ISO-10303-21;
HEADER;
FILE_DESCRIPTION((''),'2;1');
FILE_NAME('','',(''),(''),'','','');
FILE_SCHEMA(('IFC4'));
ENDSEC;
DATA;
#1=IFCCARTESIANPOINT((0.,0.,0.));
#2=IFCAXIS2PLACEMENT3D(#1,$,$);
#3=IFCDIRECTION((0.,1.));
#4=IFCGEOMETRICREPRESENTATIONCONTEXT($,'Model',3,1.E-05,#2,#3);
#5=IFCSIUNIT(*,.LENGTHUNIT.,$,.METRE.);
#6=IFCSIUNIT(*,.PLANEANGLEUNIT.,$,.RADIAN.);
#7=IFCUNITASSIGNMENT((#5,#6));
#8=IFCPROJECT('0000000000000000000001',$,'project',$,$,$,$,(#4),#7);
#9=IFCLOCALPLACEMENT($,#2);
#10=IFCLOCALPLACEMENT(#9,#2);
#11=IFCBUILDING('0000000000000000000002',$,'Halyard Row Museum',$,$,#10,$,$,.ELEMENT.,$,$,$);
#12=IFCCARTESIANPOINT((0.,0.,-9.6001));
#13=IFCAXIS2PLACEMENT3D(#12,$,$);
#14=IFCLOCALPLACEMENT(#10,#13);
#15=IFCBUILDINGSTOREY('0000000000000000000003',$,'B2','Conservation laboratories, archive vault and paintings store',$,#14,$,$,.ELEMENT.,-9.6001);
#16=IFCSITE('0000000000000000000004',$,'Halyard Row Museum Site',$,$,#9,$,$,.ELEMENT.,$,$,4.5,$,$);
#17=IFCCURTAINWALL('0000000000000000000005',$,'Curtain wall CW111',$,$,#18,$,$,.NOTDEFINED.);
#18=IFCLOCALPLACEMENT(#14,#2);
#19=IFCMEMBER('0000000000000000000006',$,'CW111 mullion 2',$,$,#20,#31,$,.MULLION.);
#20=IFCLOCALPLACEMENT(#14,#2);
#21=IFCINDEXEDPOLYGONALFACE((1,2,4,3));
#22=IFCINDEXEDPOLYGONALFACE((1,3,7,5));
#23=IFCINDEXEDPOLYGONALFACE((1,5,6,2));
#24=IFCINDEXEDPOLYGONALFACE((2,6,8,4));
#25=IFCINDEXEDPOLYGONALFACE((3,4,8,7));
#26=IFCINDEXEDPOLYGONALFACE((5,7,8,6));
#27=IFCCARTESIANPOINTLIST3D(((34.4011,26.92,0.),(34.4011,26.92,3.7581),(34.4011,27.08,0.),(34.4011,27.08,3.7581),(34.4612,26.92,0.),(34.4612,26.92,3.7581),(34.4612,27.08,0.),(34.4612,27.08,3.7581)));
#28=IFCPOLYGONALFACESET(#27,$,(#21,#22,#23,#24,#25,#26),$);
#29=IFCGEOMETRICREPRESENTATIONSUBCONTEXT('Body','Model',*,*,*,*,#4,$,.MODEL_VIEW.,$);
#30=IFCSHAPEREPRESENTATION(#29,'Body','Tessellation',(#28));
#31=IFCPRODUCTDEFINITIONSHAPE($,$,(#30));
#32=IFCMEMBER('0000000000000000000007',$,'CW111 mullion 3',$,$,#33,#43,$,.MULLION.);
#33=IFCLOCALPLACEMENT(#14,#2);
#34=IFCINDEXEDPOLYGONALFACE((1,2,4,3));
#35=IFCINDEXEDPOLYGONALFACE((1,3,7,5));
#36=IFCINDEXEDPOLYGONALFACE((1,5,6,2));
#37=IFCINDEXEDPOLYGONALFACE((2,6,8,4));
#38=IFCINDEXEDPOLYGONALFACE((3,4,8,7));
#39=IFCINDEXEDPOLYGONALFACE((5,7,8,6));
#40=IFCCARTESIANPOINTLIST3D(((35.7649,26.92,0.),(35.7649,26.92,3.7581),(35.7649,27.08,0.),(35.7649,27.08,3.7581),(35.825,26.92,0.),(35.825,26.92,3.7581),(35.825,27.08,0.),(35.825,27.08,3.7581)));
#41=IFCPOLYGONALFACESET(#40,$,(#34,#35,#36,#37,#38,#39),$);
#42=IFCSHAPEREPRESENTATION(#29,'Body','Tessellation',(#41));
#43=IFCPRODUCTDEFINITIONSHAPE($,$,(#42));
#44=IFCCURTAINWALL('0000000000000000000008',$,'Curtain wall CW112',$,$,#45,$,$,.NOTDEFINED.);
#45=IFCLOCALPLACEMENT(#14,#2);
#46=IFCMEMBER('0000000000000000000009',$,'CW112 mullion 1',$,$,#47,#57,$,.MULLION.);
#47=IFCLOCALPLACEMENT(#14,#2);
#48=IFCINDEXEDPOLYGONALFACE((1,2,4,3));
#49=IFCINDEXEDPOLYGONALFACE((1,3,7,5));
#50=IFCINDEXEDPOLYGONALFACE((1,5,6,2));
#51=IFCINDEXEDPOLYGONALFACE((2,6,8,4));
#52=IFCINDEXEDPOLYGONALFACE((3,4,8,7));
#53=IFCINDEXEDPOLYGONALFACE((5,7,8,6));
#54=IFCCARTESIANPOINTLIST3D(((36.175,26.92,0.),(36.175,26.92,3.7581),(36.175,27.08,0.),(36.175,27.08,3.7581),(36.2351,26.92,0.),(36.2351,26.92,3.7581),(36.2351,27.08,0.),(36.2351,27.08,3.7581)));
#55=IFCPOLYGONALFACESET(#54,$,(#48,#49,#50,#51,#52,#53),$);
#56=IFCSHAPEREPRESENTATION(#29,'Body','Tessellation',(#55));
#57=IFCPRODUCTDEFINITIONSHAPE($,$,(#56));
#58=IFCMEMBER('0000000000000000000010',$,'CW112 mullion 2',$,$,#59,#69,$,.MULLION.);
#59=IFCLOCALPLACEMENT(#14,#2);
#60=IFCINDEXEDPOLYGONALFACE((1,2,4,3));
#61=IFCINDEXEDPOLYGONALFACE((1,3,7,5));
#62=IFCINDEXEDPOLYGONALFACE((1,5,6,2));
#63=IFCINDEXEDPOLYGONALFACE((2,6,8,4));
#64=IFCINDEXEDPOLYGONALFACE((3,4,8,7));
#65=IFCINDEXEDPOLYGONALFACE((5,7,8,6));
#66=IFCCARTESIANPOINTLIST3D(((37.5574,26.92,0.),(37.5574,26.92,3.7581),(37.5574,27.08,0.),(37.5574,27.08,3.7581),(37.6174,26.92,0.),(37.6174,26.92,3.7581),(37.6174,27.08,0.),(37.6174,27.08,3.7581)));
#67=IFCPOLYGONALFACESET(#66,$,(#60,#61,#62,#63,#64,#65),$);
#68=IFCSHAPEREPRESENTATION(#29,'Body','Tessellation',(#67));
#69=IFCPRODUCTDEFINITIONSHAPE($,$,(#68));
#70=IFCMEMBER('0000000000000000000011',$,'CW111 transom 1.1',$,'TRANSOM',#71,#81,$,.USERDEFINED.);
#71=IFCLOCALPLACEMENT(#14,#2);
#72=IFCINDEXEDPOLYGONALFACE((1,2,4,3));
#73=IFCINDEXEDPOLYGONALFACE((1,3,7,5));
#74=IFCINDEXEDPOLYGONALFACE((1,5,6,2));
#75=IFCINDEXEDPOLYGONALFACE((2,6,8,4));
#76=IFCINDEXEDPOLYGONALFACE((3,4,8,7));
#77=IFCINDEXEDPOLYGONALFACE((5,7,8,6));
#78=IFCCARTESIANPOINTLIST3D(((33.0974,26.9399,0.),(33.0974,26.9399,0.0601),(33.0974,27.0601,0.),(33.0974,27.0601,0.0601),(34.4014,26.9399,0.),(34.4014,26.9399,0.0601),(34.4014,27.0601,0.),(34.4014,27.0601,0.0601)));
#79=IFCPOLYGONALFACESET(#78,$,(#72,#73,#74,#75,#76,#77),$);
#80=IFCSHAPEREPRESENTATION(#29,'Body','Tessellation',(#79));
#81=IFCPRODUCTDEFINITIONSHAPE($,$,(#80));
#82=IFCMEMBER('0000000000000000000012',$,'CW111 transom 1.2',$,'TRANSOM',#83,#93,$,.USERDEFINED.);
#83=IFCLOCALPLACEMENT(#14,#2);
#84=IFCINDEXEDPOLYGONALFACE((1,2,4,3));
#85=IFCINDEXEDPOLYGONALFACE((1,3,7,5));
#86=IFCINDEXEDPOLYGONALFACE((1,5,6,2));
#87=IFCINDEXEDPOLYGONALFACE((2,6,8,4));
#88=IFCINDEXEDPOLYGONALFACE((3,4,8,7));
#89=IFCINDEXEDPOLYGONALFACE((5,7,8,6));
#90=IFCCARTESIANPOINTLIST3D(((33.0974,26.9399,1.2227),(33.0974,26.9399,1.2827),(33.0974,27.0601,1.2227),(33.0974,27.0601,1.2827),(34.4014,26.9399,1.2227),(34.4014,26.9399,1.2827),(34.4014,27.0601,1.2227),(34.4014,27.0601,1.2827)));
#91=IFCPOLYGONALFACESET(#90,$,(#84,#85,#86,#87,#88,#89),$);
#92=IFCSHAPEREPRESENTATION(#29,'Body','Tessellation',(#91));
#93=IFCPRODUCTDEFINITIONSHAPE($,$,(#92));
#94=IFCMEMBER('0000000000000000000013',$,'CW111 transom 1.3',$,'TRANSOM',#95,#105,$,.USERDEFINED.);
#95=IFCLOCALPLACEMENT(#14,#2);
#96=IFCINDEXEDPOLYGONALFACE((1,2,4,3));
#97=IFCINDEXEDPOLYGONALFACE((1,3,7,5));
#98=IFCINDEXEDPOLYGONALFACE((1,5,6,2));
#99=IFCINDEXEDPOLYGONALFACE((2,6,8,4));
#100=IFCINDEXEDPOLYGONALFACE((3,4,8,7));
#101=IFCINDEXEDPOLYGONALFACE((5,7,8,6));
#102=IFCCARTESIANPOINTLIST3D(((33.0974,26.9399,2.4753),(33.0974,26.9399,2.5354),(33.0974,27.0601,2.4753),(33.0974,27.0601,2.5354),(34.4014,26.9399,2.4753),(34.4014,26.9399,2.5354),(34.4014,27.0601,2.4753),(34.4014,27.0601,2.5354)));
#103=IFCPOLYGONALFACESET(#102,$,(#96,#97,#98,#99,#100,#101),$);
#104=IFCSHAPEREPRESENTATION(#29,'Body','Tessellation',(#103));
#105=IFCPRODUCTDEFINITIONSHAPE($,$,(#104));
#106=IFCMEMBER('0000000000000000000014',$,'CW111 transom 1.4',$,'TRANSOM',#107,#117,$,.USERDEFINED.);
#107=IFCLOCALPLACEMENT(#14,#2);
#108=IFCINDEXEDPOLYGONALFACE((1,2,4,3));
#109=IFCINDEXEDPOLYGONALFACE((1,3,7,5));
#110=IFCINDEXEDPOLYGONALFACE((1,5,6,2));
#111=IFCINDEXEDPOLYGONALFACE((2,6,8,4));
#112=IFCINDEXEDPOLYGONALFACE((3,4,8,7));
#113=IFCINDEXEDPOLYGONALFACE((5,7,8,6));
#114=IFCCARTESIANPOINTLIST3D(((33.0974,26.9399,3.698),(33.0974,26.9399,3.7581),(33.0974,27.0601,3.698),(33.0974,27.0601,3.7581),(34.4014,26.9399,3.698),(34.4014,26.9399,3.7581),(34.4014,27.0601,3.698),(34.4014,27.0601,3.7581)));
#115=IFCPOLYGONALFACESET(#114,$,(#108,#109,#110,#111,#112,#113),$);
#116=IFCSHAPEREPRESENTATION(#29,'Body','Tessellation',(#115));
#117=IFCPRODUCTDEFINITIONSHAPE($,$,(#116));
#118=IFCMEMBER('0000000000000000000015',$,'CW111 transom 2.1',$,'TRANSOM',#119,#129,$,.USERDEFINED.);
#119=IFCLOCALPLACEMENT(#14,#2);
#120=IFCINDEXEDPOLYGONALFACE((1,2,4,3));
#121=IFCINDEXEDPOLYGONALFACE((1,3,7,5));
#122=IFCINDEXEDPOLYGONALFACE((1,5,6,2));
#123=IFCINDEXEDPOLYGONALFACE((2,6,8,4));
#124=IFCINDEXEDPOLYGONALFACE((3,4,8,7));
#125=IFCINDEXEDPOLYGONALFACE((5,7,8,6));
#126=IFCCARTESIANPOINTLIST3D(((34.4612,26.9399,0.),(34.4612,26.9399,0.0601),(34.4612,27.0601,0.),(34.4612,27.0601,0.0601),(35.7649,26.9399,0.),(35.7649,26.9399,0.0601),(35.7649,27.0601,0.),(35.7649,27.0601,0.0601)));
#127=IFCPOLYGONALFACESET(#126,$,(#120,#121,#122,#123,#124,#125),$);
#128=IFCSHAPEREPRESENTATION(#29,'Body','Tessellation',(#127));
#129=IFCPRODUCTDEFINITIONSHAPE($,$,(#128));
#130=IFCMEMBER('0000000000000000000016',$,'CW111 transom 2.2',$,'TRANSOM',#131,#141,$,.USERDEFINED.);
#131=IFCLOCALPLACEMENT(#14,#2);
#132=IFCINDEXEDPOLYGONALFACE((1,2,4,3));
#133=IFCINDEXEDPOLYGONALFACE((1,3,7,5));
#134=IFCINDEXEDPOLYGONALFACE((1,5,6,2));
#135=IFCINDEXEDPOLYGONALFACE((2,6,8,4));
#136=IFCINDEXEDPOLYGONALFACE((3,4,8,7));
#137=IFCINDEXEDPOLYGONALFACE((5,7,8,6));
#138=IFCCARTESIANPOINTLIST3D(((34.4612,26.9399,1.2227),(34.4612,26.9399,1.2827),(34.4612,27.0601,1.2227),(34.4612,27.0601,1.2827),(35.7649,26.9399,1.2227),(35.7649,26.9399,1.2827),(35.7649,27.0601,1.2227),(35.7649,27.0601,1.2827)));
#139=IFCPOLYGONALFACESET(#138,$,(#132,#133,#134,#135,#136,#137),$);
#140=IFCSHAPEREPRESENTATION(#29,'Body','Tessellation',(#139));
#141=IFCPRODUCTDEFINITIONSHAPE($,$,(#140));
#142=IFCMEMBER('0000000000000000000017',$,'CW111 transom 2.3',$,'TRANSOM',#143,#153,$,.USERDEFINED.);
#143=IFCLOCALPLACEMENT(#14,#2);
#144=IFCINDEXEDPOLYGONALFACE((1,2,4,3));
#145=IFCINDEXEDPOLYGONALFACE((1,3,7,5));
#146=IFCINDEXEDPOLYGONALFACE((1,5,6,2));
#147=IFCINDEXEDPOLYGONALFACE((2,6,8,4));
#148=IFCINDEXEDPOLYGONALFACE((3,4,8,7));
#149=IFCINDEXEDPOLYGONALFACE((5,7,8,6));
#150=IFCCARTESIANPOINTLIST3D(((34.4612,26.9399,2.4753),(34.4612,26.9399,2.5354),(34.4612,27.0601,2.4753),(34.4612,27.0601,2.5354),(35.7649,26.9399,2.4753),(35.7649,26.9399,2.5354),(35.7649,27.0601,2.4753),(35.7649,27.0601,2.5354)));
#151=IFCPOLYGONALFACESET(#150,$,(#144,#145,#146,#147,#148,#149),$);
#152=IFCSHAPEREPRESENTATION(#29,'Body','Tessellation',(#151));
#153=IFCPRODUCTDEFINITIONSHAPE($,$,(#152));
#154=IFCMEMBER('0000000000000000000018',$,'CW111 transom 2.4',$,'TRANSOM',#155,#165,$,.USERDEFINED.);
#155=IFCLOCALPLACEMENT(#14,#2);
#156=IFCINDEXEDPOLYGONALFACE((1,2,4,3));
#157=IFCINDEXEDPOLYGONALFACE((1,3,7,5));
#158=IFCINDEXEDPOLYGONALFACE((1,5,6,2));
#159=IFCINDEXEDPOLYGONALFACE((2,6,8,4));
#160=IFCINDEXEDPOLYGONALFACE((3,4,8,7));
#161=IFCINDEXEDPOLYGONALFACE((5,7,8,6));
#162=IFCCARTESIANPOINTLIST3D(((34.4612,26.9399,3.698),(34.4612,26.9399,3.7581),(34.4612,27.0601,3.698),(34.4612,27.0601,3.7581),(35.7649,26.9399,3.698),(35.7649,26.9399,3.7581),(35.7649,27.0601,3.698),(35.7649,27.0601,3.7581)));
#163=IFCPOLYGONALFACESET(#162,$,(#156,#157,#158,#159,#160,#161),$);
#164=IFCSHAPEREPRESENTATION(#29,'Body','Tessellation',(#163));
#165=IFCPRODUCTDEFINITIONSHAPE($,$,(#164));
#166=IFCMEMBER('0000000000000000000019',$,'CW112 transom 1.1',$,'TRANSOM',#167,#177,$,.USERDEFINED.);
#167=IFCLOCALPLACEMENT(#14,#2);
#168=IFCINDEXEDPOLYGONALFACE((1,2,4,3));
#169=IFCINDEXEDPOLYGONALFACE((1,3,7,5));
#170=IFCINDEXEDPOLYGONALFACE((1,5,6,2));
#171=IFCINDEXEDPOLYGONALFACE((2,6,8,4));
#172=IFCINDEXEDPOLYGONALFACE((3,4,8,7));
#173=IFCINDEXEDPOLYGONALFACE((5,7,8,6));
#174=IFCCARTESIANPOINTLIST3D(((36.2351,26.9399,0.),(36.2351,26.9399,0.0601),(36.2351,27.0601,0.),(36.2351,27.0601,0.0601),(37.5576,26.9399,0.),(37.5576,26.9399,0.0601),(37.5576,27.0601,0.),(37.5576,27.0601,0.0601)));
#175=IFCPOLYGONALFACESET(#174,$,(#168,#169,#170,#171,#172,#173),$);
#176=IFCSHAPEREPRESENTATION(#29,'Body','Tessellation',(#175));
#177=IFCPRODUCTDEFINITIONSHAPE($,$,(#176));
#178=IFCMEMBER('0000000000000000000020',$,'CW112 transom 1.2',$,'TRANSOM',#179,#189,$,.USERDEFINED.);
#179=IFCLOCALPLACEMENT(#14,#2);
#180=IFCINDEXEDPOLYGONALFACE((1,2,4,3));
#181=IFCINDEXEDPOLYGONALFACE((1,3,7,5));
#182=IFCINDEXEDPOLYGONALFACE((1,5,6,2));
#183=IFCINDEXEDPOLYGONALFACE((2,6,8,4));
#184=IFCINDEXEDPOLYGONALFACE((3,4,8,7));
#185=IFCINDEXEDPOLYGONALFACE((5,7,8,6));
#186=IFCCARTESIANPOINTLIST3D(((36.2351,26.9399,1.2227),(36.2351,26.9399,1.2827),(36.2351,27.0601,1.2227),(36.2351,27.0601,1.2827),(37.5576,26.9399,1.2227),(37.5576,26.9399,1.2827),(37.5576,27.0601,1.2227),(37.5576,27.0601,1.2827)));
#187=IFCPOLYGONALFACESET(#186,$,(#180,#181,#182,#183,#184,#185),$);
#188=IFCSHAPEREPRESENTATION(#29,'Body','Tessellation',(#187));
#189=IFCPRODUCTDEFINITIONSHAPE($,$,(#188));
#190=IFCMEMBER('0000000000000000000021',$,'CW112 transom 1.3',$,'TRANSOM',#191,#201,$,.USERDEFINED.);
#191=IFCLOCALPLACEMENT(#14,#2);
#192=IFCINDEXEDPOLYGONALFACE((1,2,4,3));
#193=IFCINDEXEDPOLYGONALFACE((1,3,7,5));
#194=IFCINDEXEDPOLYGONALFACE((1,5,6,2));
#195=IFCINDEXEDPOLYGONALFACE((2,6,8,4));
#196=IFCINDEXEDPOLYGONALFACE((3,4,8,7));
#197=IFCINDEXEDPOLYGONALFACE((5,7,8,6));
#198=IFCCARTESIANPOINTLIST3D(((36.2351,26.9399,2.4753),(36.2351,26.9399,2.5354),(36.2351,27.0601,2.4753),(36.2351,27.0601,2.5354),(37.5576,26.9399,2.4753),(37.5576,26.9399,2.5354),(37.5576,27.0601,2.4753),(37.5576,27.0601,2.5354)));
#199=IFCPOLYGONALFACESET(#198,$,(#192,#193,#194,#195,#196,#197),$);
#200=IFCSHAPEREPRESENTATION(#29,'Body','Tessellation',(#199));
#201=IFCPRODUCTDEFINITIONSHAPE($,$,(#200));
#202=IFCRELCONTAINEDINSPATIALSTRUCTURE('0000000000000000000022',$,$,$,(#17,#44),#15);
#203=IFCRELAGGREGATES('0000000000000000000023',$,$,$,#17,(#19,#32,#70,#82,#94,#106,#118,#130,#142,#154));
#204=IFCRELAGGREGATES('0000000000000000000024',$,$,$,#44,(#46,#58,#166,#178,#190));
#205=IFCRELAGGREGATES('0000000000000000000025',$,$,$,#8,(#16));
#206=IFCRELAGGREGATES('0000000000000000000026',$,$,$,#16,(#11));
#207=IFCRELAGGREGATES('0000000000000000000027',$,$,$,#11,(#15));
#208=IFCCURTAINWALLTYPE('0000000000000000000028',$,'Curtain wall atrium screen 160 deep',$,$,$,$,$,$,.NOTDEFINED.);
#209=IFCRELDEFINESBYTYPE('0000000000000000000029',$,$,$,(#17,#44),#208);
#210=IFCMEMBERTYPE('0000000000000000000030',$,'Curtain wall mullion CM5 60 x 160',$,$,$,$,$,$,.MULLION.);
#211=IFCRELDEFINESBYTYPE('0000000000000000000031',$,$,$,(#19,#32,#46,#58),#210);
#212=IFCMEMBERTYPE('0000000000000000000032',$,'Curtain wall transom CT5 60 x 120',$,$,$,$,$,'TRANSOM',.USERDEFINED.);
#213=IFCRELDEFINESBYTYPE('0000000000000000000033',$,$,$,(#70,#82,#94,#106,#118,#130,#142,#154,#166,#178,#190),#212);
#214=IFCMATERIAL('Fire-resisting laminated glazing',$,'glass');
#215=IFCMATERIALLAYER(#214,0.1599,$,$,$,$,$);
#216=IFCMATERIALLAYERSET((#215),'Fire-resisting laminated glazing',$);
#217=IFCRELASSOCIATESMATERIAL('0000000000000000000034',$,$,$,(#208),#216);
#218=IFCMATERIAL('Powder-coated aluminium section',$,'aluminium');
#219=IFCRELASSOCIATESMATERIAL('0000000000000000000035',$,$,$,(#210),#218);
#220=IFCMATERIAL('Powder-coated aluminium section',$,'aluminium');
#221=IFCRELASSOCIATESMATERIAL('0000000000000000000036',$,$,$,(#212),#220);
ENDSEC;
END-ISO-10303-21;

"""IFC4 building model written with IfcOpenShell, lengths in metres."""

from ifc_helpers import new_model, si_unit, direction, frame, origin, origin_2d, place, context, subcontext, project, spatial, rectangle, extrude, material, layer, layer_set, material_profile, profile_set, type_object, element, aggregate, save


model = new_model("IFC4")

# Units and contexts
model_context = context("Model", 3, precision=1e-05, world=origin(), true_north=direction((0.0, 1.0)))
body_context = subcontext(model_context, "Body", "Model", "MODEL_VIEW")
ifc_project = project(units=[si_unit("LENGTHUNIT", "METRE"), si_unit("PLANEANGLEUNIT", "RADIAN")], contexts=[model_context])

# Site, building, storey
site_placement = place(None, origin())
site = spatial("IfcSite", under=ifc_project, at=site_placement, Name="Halyard Row Museum Site", CompositionType="ELEMENT", RefElevation=4.5)
building_placement = place(site_placement, origin())
building = spatial("IfcBuilding", under=site, at=building_placement, Name="Halyard Row Museum", CompositionType="ELEMENT")
storey_placement = place(building_placement, frame((0.0, 0.0, -9.6001)))
storey = spatial("IfcBuildingStorey", under=building, at=storey_placement, Name="B2", Description="Conservation laboratories, archive vault and paintings store", CompositionType="ELEMENT", Elevation=-9.6001)

# Curtain walls, members
ifc_material_1 = material(Name="Fire-resisting laminated glazing", Category="glass")
ifc_layer_1 = layer(ifc_material_1, 0.1599)
ifc_layer_set_1 = layer_set([ifc_layer_1], Name="Fire-resisting laminated glazing")
curtain_wall_type = type_object("IfcCurtainWallType", Name="Curtain wall atrium screen 160 deep", PredefinedType="NOTDEFINED", material=ifc_layer_set_1)
curtain_wall_1_placement = place(storey_placement, origin())
curtain_wall_1 = element("IfcCurtainWall", 1, at=curtain_wall_1_placement, inside=storey, type_object=curtain_wall_type, Name="Curtain wall CW111", PredefinedType="NOTDEFINED")
ifc_material_2 = material(Name="Powder-coated aluminium section", Category="aluminium")
ifc_material_profile_1 = material_profile(ifc_material_2, rectangle(XDim=0.1599, YDim=0.0601, at=origin_2d()), Name="160x60 mullion")
ifc_profile_set_1 = profile_set([ifc_material_profile_1], Name="Powder-coated aluminium section")
member_type_1 = type_object("IfcMemberType", Name="Curtain wall mullion CM5 60 x 160", PredefinedType="MULLION", material=ifc_profile_set_1)
member_1_placement = place(storey_placement, frame((34.4312, 27.0, 0.0), z_axis=(0.0, 0.0, 1.0), x_axis=(0.0, 1.0, 0.0)))
member_1 = element("IfcMember", 2, at=member_1_placement, type_object=member_type_1, Name="CW111 mullion 2", PredefinedType="MULLION", context=body_context, shape_type="SweptSolid", body=[
    extrude(rectangle(XDim=0.1599, YDim=0.0601, at=origin_2d()), origin(), (0.0, 0.0, 1.0), 3.7581),
])
member_2_placement = place(storey_placement, frame((35.7949, 27.0, 0.0), z_axis=(0.0, 0.0, 1.0), x_axis=(0.0, 1.0, 0.0)))
member_2 = element("IfcMember", 3, at=member_2_placement, type_object=member_type_1, Name="CW111 mullion 3", PredefinedType="MULLION", context=body_context, shape_type="SweptSolid", body=[
    extrude(rectangle(XDim=0.1599, YDim=0.0601, at=origin_2d()), origin(), (0.0, 0.0, 1.0), 3.7581),
])
curtain_wall_2_placement = place(storey_placement, origin())
curtain_wall_2 = element("IfcCurtainWall", 4, at=curtain_wall_2_placement, inside=storey, type_object=curtain_wall_type, Name="Curtain wall CW112", PredefinedType="NOTDEFINED")
member_3_placement = place(storey_placement, frame((36.2051, 27.0, 0.0), z_axis=(0.0, 0.0, 1.0), x_axis=(0.0, 1.0, 0.0)))
member_3 = element("IfcMember", 5, at=member_3_placement, type_object=member_type_1, Name="CW112 mullion 1", PredefinedType="MULLION", context=body_context, shape_type="SweptSolid", body=[
    extrude(rectangle(XDim=0.1599, YDim=0.0601, at=origin_2d()), origin(), (0.0, 0.0, 1.0), 3.7581),
])
member_4_placement = place(storey_placement, frame((37.5874, 27.0, 0.0), z_axis=(0.0, 0.0, 1.0), x_axis=(0.0, 1.0, 0.0)))
member_4 = element("IfcMember", 6, at=member_4_placement, type_object=member_type_1, Name="CW112 mullion 2", PredefinedType="MULLION", context=body_context, shape_type="SweptSolid", body=[
    extrude(rectangle(XDim=0.1599, YDim=0.0601, at=origin_2d()), origin(), (0.0, 0.0, 1.0), 3.7581),
])

# Members
ifc_material_3 = material(Name="Powder-coated aluminium section", Category="aluminium")
ifc_material_profile_2 = material_profile(ifc_material_3, rectangle(XDim=0.1201, YDim=0.0601, at=origin_2d()), Name="120x60 transom")
ifc_profile_set_2 = profile_set([ifc_material_profile_2], Name="Powder-coated aluminium section")
member_type_2 = type_object("IfcMemberType", Name="Curtain wall transom CT5 60 x 120", ElementType="TRANSOM", PredefinedType="USERDEFINED", material=ifc_profile_set_2)
member_5_placement = place(storey_placement, frame((33.0974, 27.0, 0.03), z_axis=(1.0, 0.0, 0.0), x_axis=(0.0, 1.0, 0.0)))
member_5 = element("IfcMember", 7, at=member_5_placement, type_object=member_type_2, Name="CW111 transom 1.1", ObjectType="TRANSOM", PredefinedType="USERDEFINED", context=body_context, shape_type="SweptSolid", body=[
    extrude(rectangle(XDim=0.1201, YDim=0.0601, at=origin_2d()), origin(), (0.0, 0.0, 1.0), 1.304),
])
member_6_placement = place(storey_placement, frame((33.0974, 27.0, 1.2527), z_axis=(1.0, 0.0, 0.0), x_axis=(0.0, 1.0, 0.0)))
member_6 = element("IfcMember", 8, at=member_6_placement, type_object=member_type_2, Name="CW111 transom 1.2", ObjectType="TRANSOM", PredefinedType="USERDEFINED", context=body_context, shape_type="SweptSolid", body=[
    extrude(rectangle(XDim=0.1201, YDim=0.0601, at=origin_2d()), origin(), (0.0, 0.0, 1.0), 1.304),
])
member_7_placement = place(storey_placement, frame((33.0974, 27.0, 2.5054), z_axis=(1.0, 0.0, 0.0), x_axis=(0.0, 1.0, 0.0)))
member_7 = element("IfcMember", 9, at=member_7_placement, type_object=member_type_2, Name="CW111 transom 1.3", ObjectType="TRANSOM", PredefinedType="USERDEFINED", context=body_context, shape_type="SweptSolid", body=[
    extrude(rectangle(XDim=0.1201, YDim=0.0601, at=origin_2d()), origin(), (0.0, 0.0, 1.0), 1.304),
])
member_8_placement = place(storey_placement, frame((33.0974, 27.0, 3.728), z_axis=(1.0, 0.0, 0.0), x_axis=(0.0, 1.0, 0.0)))
member_8 = element("IfcMember", 10, at=member_8_placement, type_object=member_type_2, Name="CW111 transom 1.4", ObjectType="TRANSOM", PredefinedType="USERDEFINED", context=body_context, shape_type="SweptSolid", body=[
    extrude(rectangle(XDim=0.1201, YDim=0.0601, at=origin_2d()), origin(), (0.0, 0.0, 1.0), 1.304),
])
member_9_placement = place(storey_placement, frame((34.4612, 27.0, 0.03), z_axis=(1.0, 0.0, 0.0), x_axis=(0.0, 1.0, 0.0)))
member_9 = element("IfcMember", 11, at=member_9_placement, type_object=member_type_2, Name="CW111 transom 2.1", ObjectType="TRANSOM", PredefinedType="USERDEFINED", context=body_context, shape_type="SweptSolid", body=[
    extrude(rectangle(XDim=0.1201, YDim=0.0601, at=origin_2d()), origin(), (0.0, 0.0, 1.0), 1.3037),
])
member_10_placement = place(storey_placement, frame((34.4612, 27.0, 1.2527), z_axis=(1.0, 0.0, 0.0), x_axis=(0.0, 1.0, 0.0)))
member_10 = element("IfcMember", 12, at=member_10_placement, type_object=member_type_2, Name="CW111 transom 2.2", ObjectType="TRANSOM", PredefinedType="USERDEFINED", context=body_context, shape_type="SweptSolid", body=[
    extrude(rectangle(XDim=0.1201, YDim=0.0601, at=origin_2d()), origin(), (0.0, 0.0, 1.0), 1.3037),
])
member_11_placement = place(storey_placement, frame((34.4612, 27.0, 2.5054), z_axis=(1.0, 0.0, 0.0), x_axis=(0.0, 1.0, 0.0)))
member_11 = element("IfcMember", 13, at=member_11_placement, type_object=member_type_2, Name="CW111 transom 2.3", ObjectType="TRANSOM", PredefinedType="USERDEFINED", context=body_context, shape_type="SweptSolid", body=[
    extrude(rectangle(XDim=0.1201, YDim=0.0601, at=origin_2d()), origin(), (0.0, 0.0, 1.0), 1.3037),
])
member_12_placement = place(storey_placement, frame((34.4612, 27.0, 3.728), z_axis=(1.0, 0.0, 0.0), x_axis=(0.0, 1.0, 0.0)))
member_12 = element("IfcMember", 14, at=member_12_placement, type_object=member_type_2, Name="CW111 transom 2.4", ObjectType="TRANSOM", PredefinedType="USERDEFINED", context=body_context, shape_type="SweptSolid", body=[
    extrude(rectangle(XDim=0.1201, YDim=0.0601, at=origin_2d()), origin(), (0.0, 0.0, 1.0), 1.3037),
])
member_13_placement = place(storey_placement, frame((36.2351, 27.0, 0.03), z_axis=(1.0, 0.0, 0.0), x_axis=(0.0, 1.0, 0.0)))
member_13 = element("IfcMember", 15, at=member_13_placement, type_object=member_type_2, Name="CW112 transom 1.1", ObjectType="TRANSOM", PredefinedType="USERDEFINED", context=body_context, shape_type="SweptSolid", body=[
    extrude(rectangle(XDim=0.1201, YDim=0.0601, at=origin_2d()), origin(), (0.0, 0.0, 1.0), 1.3225),
])
member_14_placement = place(storey_placement, frame((36.2351, 27.0, 1.2527), z_axis=(1.0, 0.0, 0.0), x_axis=(0.0, 1.0, 0.0)))
member_14 = element("IfcMember", 16, at=member_14_placement, type_object=member_type_2, Name="CW112 transom 1.2", ObjectType="TRANSOM", PredefinedType="USERDEFINED", context=body_context, shape_type="SweptSolid", body=[
    extrude(rectangle(XDim=0.1201, YDim=0.0601, at=origin_2d()), origin(), (0.0, 0.0, 1.0), 1.3225),
])
member_15_placement = place(storey_placement, frame((36.2351, 27.0, 2.5054), z_axis=(1.0, 0.0, 0.0), x_axis=(0.0, 1.0, 0.0)))
member_15 = element("IfcMember", 17, at=member_15_placement, type_object=member_type_2, Name="CW112 transom 1.3", ObjectType="TRANSOM", PredefinedType="USERDEFINED", context=body_context, shape_type="SweptSolid", body=[
    extrude(rectangle(XDim=0.1201, YDim=0.0601, at=origin_2d()), origin(), (0.0, 0.0, 1.0), 1.3225),
])

aggregate(curtain_wall_1, [member_1, member_2, member_5, member_6, member_7, member_8, member_9, member_10, member_11, member_12])
aggregate(curtain_wall_2, [member_3, member_4, member_13, member_14, member_15])

save(model, "model.ifc")
